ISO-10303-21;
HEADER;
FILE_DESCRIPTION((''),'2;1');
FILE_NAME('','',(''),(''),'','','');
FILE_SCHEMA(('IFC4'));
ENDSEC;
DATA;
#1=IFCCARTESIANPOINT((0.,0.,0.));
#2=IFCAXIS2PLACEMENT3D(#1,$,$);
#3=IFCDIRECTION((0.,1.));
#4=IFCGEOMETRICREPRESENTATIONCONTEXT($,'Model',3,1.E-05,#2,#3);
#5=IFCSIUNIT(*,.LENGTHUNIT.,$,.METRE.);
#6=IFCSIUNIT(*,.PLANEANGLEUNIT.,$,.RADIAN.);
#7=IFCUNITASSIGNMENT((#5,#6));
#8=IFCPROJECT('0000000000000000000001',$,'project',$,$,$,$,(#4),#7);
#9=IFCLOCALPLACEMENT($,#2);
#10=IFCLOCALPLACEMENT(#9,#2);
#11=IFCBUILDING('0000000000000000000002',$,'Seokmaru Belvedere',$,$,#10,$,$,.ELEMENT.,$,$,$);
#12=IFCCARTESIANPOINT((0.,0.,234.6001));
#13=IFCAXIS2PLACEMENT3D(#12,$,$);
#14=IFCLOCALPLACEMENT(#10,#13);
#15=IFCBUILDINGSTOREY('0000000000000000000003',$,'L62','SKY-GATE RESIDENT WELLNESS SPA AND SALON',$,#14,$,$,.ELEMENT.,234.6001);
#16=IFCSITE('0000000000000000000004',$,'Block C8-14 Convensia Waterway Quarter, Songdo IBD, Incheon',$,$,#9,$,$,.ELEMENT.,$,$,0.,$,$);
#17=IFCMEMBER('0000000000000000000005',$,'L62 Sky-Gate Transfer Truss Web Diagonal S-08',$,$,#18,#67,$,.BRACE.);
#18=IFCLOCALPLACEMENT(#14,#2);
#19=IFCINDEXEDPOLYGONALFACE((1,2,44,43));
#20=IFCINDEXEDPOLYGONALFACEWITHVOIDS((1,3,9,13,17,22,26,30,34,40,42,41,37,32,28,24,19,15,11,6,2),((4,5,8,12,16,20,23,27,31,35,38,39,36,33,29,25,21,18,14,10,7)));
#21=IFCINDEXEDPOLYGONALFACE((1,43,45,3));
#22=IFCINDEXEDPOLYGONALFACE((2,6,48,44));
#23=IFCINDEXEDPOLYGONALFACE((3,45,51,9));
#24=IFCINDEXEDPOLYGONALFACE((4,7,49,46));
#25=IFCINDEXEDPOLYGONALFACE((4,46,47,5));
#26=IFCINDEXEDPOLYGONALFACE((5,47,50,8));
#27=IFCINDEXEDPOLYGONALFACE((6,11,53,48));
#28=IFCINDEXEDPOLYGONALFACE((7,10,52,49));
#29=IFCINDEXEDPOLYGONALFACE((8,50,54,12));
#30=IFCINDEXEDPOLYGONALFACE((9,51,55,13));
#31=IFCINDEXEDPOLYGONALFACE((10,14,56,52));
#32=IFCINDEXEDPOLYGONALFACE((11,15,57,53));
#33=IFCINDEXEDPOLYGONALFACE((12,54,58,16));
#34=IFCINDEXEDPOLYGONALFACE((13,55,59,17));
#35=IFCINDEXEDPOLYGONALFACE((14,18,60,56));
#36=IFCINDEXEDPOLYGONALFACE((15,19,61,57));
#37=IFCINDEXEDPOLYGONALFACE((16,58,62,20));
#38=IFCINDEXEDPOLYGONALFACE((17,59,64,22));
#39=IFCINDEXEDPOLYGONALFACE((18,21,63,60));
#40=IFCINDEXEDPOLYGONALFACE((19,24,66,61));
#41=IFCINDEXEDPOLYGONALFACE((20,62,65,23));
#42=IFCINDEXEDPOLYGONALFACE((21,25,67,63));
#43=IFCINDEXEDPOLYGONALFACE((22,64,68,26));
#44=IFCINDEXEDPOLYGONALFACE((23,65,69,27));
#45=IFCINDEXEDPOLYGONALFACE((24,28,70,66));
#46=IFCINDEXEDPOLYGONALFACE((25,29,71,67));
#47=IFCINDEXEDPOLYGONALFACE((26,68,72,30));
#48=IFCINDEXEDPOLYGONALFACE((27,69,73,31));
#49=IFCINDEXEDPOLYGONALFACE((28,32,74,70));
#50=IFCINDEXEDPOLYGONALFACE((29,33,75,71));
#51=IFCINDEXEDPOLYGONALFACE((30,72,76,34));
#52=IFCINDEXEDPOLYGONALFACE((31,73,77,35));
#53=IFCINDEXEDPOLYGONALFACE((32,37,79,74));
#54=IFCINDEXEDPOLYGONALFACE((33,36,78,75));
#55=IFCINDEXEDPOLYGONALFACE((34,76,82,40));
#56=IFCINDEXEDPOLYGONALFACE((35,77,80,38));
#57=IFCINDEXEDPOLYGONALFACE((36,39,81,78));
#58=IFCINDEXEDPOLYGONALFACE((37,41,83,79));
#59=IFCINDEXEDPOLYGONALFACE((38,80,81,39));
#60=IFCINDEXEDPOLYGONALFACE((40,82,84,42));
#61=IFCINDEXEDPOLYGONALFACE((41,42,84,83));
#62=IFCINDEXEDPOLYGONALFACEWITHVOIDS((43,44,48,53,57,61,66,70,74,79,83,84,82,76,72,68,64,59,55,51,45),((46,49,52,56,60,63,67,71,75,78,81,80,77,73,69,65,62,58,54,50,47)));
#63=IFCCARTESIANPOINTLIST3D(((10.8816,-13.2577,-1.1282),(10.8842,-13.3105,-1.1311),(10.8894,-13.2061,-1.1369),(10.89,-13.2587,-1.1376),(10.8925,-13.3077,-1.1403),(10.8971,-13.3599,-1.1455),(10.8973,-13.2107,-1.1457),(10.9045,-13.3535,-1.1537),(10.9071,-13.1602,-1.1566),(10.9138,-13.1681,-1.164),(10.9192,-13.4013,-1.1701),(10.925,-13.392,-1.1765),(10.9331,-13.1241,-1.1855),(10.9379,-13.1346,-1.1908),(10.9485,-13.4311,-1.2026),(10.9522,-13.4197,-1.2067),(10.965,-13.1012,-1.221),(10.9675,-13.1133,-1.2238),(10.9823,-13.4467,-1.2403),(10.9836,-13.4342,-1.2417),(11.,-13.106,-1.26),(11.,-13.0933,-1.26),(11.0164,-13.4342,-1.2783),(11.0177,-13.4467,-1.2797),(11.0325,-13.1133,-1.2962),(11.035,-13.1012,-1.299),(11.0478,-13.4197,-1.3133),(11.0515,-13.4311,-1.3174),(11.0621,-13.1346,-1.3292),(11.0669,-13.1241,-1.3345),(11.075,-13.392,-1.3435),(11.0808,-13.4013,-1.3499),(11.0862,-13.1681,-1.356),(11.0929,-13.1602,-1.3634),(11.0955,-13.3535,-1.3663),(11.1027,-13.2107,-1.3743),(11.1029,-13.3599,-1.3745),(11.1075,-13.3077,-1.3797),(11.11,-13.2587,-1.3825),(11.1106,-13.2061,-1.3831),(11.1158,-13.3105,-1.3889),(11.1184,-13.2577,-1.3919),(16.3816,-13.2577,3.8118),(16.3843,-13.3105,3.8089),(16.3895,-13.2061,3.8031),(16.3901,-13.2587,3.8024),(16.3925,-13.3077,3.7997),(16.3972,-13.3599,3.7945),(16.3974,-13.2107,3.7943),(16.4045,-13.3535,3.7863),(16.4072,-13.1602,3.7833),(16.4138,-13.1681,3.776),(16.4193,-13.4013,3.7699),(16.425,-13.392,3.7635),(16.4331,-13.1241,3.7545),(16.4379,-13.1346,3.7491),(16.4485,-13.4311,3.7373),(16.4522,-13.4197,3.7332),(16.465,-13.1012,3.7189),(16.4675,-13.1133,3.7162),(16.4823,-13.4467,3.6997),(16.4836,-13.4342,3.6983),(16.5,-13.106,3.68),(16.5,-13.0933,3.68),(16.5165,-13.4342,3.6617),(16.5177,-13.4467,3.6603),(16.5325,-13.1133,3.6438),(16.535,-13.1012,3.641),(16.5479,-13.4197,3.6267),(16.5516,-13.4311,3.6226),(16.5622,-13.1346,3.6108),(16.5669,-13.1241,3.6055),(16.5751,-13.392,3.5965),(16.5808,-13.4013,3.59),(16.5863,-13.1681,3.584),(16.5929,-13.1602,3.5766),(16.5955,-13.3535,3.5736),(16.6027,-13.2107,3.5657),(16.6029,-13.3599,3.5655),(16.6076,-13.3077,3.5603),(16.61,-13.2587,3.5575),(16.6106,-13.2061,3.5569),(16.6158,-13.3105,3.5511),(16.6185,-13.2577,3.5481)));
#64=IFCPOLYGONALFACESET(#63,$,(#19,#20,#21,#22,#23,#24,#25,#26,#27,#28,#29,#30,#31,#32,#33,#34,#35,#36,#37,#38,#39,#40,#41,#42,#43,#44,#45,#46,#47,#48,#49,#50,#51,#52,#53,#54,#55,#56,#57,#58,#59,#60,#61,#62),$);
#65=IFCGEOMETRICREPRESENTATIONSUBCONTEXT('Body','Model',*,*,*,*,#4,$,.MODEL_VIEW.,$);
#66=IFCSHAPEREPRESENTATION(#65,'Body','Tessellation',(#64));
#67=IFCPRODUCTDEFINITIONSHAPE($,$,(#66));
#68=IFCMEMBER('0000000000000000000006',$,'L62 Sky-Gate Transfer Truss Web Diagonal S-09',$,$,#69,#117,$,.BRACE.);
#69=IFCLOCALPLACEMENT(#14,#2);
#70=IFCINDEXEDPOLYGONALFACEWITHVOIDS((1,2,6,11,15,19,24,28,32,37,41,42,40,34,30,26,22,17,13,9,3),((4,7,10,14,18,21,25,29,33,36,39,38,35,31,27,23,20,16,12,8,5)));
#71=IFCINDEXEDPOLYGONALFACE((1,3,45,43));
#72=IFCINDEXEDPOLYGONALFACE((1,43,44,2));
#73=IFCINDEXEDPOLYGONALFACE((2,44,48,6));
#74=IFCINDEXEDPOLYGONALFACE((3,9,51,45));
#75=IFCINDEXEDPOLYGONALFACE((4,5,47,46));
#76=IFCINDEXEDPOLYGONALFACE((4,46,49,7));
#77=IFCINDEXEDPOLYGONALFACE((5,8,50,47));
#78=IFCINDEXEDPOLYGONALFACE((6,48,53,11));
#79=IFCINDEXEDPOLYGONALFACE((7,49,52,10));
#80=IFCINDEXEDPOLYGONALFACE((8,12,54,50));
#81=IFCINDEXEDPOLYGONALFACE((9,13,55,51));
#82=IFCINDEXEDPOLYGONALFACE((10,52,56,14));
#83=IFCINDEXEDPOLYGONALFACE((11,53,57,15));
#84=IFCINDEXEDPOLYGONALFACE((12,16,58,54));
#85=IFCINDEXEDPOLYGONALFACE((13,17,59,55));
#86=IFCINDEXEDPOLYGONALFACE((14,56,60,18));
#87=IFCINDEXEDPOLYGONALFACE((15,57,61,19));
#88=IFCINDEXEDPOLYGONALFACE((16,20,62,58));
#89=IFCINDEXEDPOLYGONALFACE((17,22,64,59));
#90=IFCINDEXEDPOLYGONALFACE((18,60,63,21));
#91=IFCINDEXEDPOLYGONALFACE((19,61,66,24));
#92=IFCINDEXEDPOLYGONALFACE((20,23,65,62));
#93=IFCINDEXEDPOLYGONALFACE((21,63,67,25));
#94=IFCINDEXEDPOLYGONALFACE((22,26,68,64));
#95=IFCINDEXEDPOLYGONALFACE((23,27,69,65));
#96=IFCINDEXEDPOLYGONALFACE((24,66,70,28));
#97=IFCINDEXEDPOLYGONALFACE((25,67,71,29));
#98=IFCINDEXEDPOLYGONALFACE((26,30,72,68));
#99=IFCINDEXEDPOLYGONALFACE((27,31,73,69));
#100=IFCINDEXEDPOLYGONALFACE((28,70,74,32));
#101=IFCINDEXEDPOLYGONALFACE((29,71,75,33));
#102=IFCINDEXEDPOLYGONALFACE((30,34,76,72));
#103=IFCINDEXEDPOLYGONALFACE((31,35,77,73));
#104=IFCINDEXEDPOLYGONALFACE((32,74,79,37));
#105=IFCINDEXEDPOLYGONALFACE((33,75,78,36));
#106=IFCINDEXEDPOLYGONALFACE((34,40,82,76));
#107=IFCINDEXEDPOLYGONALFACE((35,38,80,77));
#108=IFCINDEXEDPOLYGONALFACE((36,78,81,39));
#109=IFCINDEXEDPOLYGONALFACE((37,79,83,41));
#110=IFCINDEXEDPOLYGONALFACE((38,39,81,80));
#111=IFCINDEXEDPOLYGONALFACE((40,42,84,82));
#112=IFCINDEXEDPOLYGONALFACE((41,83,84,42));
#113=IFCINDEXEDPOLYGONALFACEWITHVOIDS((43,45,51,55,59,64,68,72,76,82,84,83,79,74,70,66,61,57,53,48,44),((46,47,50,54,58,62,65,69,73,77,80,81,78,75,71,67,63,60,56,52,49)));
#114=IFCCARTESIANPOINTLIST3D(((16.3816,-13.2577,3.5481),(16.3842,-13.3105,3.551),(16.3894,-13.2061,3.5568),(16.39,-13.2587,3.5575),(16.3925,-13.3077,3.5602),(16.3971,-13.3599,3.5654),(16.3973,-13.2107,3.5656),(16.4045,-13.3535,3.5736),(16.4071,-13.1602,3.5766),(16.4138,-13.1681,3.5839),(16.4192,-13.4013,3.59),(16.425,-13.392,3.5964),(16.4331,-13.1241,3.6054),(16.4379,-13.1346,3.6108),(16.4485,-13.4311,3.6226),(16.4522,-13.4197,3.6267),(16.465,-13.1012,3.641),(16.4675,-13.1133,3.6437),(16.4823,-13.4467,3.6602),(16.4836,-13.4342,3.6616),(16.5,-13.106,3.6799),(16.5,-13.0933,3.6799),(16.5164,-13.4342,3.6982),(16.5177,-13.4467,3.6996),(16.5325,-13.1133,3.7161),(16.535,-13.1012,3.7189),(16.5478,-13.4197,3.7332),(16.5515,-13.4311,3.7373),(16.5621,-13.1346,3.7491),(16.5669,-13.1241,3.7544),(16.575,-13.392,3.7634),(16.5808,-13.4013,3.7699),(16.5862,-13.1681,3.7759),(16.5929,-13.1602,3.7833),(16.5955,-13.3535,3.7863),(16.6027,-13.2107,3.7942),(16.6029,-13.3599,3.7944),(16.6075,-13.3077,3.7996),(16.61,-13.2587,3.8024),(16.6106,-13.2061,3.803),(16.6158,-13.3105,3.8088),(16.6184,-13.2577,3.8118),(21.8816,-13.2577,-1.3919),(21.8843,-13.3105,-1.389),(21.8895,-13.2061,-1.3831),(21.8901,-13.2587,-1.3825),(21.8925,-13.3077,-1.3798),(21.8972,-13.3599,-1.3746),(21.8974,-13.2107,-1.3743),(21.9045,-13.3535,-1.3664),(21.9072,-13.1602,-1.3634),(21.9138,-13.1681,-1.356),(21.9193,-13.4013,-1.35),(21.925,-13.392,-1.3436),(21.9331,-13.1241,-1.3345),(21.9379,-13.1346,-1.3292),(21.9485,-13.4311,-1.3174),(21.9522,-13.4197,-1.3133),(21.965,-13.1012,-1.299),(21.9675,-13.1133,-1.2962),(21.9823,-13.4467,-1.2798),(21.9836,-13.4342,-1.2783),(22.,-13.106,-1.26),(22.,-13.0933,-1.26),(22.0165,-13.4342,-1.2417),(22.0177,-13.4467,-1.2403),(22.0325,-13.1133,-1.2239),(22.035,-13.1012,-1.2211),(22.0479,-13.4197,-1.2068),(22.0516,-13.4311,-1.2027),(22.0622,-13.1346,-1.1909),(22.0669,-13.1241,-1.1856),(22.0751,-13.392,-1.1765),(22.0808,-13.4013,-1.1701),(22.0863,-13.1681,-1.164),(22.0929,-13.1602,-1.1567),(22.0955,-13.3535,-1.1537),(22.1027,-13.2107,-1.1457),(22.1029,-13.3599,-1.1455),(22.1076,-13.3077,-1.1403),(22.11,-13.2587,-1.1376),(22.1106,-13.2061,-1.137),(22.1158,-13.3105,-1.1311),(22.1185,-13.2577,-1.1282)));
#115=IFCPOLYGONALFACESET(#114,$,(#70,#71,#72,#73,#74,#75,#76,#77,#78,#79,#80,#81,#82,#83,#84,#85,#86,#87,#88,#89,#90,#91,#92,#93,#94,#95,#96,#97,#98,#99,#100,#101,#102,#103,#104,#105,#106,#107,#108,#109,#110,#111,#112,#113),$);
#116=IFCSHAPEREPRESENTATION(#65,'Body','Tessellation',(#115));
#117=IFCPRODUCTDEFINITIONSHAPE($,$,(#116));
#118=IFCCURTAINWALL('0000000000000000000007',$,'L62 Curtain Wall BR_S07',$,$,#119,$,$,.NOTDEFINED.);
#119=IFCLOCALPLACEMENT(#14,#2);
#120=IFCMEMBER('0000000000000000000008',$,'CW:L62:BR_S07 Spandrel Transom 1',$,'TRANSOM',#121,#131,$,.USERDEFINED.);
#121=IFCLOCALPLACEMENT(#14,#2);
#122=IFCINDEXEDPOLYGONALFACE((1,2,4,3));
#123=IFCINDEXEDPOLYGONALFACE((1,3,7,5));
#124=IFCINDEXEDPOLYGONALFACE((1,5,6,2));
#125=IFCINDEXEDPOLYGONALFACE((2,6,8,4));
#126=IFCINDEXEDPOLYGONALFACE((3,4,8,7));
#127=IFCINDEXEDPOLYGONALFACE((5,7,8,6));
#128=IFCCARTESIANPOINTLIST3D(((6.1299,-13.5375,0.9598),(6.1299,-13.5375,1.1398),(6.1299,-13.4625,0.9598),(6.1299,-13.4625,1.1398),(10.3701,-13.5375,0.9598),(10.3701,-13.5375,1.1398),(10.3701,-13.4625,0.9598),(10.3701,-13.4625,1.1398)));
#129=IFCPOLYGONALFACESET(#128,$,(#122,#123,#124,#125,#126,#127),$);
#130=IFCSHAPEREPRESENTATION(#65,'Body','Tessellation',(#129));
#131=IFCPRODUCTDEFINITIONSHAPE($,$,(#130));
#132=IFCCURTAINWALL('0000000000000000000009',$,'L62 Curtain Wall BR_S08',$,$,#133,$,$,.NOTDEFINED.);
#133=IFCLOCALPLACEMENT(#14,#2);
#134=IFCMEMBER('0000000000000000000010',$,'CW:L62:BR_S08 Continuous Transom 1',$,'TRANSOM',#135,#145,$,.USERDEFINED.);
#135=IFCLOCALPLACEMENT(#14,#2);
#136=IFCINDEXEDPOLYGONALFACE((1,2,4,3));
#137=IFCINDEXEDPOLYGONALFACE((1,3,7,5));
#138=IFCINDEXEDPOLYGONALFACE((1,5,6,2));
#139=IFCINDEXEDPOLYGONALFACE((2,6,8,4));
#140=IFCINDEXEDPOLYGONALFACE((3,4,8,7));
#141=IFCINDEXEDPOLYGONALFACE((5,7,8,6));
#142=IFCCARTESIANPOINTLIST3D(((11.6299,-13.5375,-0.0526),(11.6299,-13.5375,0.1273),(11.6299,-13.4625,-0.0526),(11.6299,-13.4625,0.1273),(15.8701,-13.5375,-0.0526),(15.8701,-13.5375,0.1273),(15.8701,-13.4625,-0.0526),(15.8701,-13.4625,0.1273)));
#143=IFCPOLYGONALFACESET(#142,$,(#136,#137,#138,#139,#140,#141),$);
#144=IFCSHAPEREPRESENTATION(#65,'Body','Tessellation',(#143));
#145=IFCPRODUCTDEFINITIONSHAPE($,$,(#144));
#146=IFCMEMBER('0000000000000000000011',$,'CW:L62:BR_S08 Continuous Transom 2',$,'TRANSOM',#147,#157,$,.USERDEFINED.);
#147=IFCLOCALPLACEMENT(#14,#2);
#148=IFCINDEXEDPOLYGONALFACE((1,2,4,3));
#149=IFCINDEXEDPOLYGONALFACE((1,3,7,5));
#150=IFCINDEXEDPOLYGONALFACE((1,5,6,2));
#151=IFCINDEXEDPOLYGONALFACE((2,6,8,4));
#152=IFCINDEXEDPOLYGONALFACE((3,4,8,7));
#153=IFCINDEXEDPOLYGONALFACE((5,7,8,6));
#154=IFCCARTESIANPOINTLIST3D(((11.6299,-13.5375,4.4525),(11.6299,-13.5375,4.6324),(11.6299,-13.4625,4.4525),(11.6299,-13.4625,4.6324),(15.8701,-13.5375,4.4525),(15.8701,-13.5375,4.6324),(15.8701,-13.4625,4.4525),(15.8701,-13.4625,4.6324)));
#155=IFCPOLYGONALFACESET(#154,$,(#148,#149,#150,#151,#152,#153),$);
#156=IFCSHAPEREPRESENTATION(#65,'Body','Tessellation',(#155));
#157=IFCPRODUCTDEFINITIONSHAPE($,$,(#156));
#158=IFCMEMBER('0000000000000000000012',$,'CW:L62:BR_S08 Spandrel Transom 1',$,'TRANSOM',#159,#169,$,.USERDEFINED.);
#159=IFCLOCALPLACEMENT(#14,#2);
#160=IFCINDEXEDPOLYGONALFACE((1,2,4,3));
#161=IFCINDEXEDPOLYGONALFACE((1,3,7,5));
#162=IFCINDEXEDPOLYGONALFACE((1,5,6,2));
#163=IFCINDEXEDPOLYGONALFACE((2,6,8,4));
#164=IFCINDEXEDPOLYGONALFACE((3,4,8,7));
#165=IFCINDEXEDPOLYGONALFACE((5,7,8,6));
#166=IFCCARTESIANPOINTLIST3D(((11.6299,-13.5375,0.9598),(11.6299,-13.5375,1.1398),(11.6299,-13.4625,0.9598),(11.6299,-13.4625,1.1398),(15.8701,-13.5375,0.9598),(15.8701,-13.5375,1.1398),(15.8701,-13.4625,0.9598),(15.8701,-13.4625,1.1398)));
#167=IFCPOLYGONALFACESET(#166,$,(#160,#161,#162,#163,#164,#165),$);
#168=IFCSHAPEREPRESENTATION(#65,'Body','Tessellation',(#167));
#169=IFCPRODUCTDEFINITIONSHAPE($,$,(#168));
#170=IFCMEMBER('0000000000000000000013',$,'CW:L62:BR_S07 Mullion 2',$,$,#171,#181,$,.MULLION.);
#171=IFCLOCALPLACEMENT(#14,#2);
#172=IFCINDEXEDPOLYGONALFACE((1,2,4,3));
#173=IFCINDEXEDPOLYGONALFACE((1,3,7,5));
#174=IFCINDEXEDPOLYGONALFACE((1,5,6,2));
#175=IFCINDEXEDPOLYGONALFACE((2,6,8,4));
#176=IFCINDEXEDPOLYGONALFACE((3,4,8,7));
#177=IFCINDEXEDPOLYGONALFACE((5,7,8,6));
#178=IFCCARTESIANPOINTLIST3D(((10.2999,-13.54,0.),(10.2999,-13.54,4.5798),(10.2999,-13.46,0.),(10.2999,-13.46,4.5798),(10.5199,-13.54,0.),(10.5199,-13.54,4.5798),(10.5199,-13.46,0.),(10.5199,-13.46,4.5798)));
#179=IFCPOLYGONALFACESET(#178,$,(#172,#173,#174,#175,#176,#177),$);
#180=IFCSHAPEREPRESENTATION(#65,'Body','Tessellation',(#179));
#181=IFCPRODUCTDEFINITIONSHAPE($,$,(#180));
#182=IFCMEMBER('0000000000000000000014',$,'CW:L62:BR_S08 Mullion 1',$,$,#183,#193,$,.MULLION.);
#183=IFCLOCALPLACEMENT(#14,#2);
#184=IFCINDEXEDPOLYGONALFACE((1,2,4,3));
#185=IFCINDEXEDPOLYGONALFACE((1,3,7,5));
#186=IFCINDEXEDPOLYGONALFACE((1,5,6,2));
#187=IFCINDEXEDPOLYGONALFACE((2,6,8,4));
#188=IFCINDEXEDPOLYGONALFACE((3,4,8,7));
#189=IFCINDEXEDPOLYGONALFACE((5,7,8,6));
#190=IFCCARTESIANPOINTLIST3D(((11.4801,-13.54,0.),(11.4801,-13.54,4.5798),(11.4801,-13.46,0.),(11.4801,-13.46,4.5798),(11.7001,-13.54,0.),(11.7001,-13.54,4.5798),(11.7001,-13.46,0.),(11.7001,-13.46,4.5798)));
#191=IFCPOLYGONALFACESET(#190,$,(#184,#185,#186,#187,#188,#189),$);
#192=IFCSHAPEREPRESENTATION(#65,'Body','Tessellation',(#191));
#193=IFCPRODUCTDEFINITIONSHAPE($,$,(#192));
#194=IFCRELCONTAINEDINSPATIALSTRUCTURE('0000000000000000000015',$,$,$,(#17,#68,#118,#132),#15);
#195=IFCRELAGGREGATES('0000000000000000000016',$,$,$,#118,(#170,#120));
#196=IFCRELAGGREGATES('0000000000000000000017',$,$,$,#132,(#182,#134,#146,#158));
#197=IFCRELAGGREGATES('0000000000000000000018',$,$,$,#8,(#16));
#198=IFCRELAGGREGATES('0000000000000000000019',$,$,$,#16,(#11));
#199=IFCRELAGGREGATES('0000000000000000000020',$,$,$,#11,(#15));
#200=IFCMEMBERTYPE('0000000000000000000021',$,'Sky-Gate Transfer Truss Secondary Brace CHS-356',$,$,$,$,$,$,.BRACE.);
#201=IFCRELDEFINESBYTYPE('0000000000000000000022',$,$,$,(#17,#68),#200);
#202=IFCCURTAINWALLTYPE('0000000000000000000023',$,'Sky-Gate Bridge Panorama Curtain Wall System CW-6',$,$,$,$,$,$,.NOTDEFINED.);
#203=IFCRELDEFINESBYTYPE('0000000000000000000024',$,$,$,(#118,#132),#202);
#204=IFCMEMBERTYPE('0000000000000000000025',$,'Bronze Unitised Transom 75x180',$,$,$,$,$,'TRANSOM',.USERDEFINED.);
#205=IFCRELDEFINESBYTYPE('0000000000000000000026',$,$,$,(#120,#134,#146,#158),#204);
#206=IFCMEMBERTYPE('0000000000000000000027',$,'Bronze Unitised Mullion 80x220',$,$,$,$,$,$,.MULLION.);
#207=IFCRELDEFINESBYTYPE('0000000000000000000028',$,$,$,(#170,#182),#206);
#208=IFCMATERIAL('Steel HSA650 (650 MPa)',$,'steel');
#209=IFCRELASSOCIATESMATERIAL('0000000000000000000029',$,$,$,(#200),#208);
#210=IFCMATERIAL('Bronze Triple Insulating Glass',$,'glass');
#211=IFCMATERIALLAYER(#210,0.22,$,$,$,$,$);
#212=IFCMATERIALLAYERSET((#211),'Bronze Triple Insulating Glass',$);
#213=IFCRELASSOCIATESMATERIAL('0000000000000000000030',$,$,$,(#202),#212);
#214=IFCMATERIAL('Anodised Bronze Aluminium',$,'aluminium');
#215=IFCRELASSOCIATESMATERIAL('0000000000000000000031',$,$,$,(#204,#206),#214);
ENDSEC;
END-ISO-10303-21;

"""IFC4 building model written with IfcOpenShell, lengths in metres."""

from ifc_helpers import new_model, si_unit, direction, frame, origin, origin_2d, place, context, subcontext, project, spatial, rectangle, hollow_circle, extrude, source, transform, mapped, material, layer, layer_set, material_profile, profile_set, type_object, type_shapes, element, aggregate, save


model = new_model("IFC4")

# Units and contexts
model_context = context("Model", 3, precision=1e-05, world=origin(), true_north=direction((0.0, 1.0)))
body_context = subcontext(model_context, "Body", "Model", "MODEL_VIEW")
ifc_project = project(units=[si_unit("LENGTHUNIT", "METRE"), si_unit("PLANEANGLEUNIT", "RADIAN")], contexts=[model_context])

# Site, building, storey
site_placement = place(None, origin())
site = spatial("IfcSite", under=ifc_project, at=site_placement, Name="Block C8-14 Convensia Waterway Quarter, Songdo IBD, Incheon", CompositionType="ELEMENT", RefElevation=0.0)
building_placement = place(site_placement, origin())
building = spatial("IfcBuilding", under=site, at=building_placement, Name="Seokmaru Belvedere", CompositionType="ELEMENT")
storey_placement = place(building_placement, frame((0.0, 0.0, 234.6001)))
storey = spatial("IfcBuildingStorey", under=building, at=storey_placement, Name="L62", Description="SKY-GATE RESIDENT WELLNESS SPA AND SALON", CompositionType="ELEMENT", Elevation=234.6001)

# Shared definitions
ifc_material_1 = material(Name="Steel HSA650 (650 MPa)", Category="steel")

# Members
ifc_material_profile_1 = material_profile(ifc_material_1, hollow_circle(Radius=0.1777, WallThickness=0.0127, at=origin_2d()), Name="CHS-355.6x12.7")
ifc_profile_set_1 = profile_set([ifc_material_profile_1], Name="Steel HSA650 (650 MPa)")
member_type_1 = type_object("IfcMemberType", Name="Sky-Gate Transfer Truss Secondary Brace CHS-356", PredefinedType="BRACE", material=ifc_profile_set_1)
shared_shape_1 = source(origin(), body_context, "Body", "SweptSolid", [
    extrude(hollow_circle(Radius=0.1777, WallThickness=0.0127, at=origin_2d()), origin(), (0.0, 0.0, 1.0), 7.3928),
])
type_shapes(member_type_1, [shared_shape_1])
for number, where, z_axis, x_axis, name in (
    (1, (11.0, -13.271, -1.26), (0.74397, 0.0, 0.668213), (0.0, 1.0, 0.0), "L62 Sky-Gate Transfer Truss Web Diagonal S-08"),
    (2, (16.5, -13.271, 3.6799), (0.74397, 0.0, -0.668213), (0.0, 1.0, 0.0), "L62 Sky-Gate Transfer Truss Web Diagonal S-09"),
):
    element("IfcMember", number, at=place(storey_placement, frame(where, z_axis=z_axis, x_axis=x_axis)), inside=storey, type_object=member_type_1, Name=name, PredefinedType="BRACE", context=body_context, shape_type="MappedRepresentation", body=[
        mapped(shared_shape_1, transform((0.0, 0.0, 0.0), scale=1.0)),
    ])

# Curtain wall, member
ifc_material_2 = material(Name="Bronze Triple Insulating Glass", Category="glass")
ifc_layer_1 = layer(ifc_material_2, 0.22)
ifc_layer_set_1 = layer_set([ifc_layer_1], Name="Bronze Triple Insulating Glass")
curtain_wall_type = type_object("IfcCurtainWallType", Name="Sky-Gate Bridge Panorama Curtain Wall System CW-6", PredefinedType="NOTDEFINED", material=ifc_layer_set_1)
curtain_wall_1_placement = place(storey_placement, origin())
curtain_wall_1 = element("IfcCurtainWall", 3, at=curtain_wall_1_placement, inside=storey, type_object=curtain_wall_type, Name="L62 Curtain Wall BR_S07", PredefinedType="NOTDEFINED")
ifc_material_3 = material(Name="Anodised Bronze Aluminium", Category="aluminium")
ifc_material_profile_2 = material_profile(ifc_material_3, rectangle(XDim=0.075, YDim=0.1799, at=origin_2d()), Name="CW-T-75x180")
ifc_profile_set_2 = profile_set([ifc_material_profile_2], Name="Anodised Bronze Aluminium")
member_type_2 = type_object("IfcMemberType", Name="Bronze Unitised Transom 75x180", ElementType="TRANSOM", PredefinedType="USERDEFINED", material=ifc_profile_set_2)
shared_shape_2 = source(origin(), body_context, "Body", "SweptSolid", [
    extrude(rectangle(XDim=0.075, YDim=0.1799, at=origin_2d()), origin(), (0.0, 0.0, 1.0), 4.2402),
])
type_shapes(member_type_2, [shared_shape_2])
member_1_placement = place(storey_placement, frame((6.1299, -13.5, 1.0498), z_axis=(1.0, 0.0, 0.0), x_axis=(0.0, 1.0, 0.0)))
member_1 = element("IfcMember", 4, at=member_1_placement, type_object=member_type_2, Name="CW:L62:BR_S07 Spandrel Transom 1", ObjectType="TRANSOM", PredefinedType="USERDEFINED", context=body_context, shape_type="MappedRepresentation", body=[
    mapped(shared_shape_2, transform((0.0, 0.0, 0.0), scale=1.0)),
])

# Curtain wall, members
curtain_wall_2_placement = place(storey_placement, origin())
curtain_wall_2 = element("IfcCurtainWall", 5, at=curtain_wall_2_placement, inside=storey, type_object=curtain_wall_type, Name="L62 Curtain Wall BR_S08", PredefinedType="NOTDEFINED")
member_2_placement = place(storey_placement, frame((11.6299, -13.5, 0.0374), z_axis=(1.0, 0.0, 0.0), x_axis=(0.0, 1.0, 0.0)))
member_2 = element("IfcMember", 6, at=member_2_placement, type_object=member_type_2, Name="CW:L62:BR_S08 Continuous Transom 1", ObjectType="TRANSOM", PredefinedType="USERDEFINED", context=body_context, shape_type="MappedRepresentation", body=[
    mapped(shared_shape_2, transform((0.0, 0.0, 0.0), scale=1.0)),
])
member_3_placement = place(storey_placement, frame((11.6299, -13.5, 4.5425), z_axis=(1.0, 0.0, 0.0), x_axis=(0.0, 1.0, 0.0)))
member_3 = element("IfcMember", 7, at=member_3_placement, type_object=member_type_2, Name="CW:L62:BR_S08 Continuous Transom 2", ObjectType="TRANSOM", PredefinedType="USERDEFINED", context=body_context, shape_type="MappedRepresentation", body=[
    mapped(shared_shape_2, transform((0.0, 0.0, 0.0), scale=1.0)),
])
member_4_placement = place(storey_placement, frame((11.6299, -13.5, 1.0498), z_axis=(1.0, 0.0, 0.0), x_axis=(0.0, 1.0, 0.0)))
member_4 = element("IfcMember", 8, at=member_4_placement, type_object=member_type_2, Name="CW:L62:BR_S08 Spandrel Transom 1", ObjectType="TRANSOM", PredefinedType="USERDEFINED", context=body_context, shape_type="MappedRepresentation", body=[
    mapped(shared_shape_2, transform((0.0, 0.0, 0.0), scale=1.0)),
])

# Members
ifc_material_profile_3 = material_profile(ifc_material_3, rectangle(XDim=0.0801, YDim=0.22, at=origin_2d()), Name="CW-M-80x220")
ifc_profile_set_3 = profile_set([ifc_material_profile_3], Name="Anodised Bronze Aluminium")
member_type_3 = type_object("IfcMemberType", Name="Bronze Unitised Mullion 80x220", PredefinedType="MULLION", material=ifc_profile_set_3)
shared_shape_3 = source(origin(), body_context, "Body", "SweptSolid", [
    extrude(rectangle(XDim=0.0801, YDim=0.22, at=origin_2d()), origin(), (0.0, 0.0, 1.0), 4.5798),
])
type_shapes(member_type_3, [shared_shape_3])
member_5_placement = place(storey_placement, frame((10.4099, -13.5, 0.0), z_axis=(0.0, 0.0, 1.0), x_axis=(0.0, 1.0, 0.0)))
member_5 = element("IfcMember", 9, at=member_5_placement, type_object=member_type_3, Name="CW:L62:BR_S07 Mullion 2", PredefinedType="MULLION", context=body_context, shape_type="MappedRepresentation", body=[
    mapped(shared_shape_3, transform((0.0, 0.0, 0.0), scale=1.0)),
])
member_6_placement = place(storey_placement, frame((11.5901, -13.5, 0.0), z_axis=(0.0, 0.0, 1.0), x_axis=(0.0, 1.0, 0.0)))
member_6 = element("IfcMember", 10, at=member_6_placement, type_object=member_type_3, Name="CW:L62:BR_S08 Mullion 1", PredefinedType="MULLION", context=body_context, shape_type="MappedRepresentation", body=[
    mapped(shared_shape_3, transform((0.0, 0.0, 0.0), scale=1.0)),
])

aggregate(curtain_wall_1, [member_5, member_1])
aggregate(curtain_wall_2, [member_6, member_2, member_3, member_4])

save(model, "model.ifc")
